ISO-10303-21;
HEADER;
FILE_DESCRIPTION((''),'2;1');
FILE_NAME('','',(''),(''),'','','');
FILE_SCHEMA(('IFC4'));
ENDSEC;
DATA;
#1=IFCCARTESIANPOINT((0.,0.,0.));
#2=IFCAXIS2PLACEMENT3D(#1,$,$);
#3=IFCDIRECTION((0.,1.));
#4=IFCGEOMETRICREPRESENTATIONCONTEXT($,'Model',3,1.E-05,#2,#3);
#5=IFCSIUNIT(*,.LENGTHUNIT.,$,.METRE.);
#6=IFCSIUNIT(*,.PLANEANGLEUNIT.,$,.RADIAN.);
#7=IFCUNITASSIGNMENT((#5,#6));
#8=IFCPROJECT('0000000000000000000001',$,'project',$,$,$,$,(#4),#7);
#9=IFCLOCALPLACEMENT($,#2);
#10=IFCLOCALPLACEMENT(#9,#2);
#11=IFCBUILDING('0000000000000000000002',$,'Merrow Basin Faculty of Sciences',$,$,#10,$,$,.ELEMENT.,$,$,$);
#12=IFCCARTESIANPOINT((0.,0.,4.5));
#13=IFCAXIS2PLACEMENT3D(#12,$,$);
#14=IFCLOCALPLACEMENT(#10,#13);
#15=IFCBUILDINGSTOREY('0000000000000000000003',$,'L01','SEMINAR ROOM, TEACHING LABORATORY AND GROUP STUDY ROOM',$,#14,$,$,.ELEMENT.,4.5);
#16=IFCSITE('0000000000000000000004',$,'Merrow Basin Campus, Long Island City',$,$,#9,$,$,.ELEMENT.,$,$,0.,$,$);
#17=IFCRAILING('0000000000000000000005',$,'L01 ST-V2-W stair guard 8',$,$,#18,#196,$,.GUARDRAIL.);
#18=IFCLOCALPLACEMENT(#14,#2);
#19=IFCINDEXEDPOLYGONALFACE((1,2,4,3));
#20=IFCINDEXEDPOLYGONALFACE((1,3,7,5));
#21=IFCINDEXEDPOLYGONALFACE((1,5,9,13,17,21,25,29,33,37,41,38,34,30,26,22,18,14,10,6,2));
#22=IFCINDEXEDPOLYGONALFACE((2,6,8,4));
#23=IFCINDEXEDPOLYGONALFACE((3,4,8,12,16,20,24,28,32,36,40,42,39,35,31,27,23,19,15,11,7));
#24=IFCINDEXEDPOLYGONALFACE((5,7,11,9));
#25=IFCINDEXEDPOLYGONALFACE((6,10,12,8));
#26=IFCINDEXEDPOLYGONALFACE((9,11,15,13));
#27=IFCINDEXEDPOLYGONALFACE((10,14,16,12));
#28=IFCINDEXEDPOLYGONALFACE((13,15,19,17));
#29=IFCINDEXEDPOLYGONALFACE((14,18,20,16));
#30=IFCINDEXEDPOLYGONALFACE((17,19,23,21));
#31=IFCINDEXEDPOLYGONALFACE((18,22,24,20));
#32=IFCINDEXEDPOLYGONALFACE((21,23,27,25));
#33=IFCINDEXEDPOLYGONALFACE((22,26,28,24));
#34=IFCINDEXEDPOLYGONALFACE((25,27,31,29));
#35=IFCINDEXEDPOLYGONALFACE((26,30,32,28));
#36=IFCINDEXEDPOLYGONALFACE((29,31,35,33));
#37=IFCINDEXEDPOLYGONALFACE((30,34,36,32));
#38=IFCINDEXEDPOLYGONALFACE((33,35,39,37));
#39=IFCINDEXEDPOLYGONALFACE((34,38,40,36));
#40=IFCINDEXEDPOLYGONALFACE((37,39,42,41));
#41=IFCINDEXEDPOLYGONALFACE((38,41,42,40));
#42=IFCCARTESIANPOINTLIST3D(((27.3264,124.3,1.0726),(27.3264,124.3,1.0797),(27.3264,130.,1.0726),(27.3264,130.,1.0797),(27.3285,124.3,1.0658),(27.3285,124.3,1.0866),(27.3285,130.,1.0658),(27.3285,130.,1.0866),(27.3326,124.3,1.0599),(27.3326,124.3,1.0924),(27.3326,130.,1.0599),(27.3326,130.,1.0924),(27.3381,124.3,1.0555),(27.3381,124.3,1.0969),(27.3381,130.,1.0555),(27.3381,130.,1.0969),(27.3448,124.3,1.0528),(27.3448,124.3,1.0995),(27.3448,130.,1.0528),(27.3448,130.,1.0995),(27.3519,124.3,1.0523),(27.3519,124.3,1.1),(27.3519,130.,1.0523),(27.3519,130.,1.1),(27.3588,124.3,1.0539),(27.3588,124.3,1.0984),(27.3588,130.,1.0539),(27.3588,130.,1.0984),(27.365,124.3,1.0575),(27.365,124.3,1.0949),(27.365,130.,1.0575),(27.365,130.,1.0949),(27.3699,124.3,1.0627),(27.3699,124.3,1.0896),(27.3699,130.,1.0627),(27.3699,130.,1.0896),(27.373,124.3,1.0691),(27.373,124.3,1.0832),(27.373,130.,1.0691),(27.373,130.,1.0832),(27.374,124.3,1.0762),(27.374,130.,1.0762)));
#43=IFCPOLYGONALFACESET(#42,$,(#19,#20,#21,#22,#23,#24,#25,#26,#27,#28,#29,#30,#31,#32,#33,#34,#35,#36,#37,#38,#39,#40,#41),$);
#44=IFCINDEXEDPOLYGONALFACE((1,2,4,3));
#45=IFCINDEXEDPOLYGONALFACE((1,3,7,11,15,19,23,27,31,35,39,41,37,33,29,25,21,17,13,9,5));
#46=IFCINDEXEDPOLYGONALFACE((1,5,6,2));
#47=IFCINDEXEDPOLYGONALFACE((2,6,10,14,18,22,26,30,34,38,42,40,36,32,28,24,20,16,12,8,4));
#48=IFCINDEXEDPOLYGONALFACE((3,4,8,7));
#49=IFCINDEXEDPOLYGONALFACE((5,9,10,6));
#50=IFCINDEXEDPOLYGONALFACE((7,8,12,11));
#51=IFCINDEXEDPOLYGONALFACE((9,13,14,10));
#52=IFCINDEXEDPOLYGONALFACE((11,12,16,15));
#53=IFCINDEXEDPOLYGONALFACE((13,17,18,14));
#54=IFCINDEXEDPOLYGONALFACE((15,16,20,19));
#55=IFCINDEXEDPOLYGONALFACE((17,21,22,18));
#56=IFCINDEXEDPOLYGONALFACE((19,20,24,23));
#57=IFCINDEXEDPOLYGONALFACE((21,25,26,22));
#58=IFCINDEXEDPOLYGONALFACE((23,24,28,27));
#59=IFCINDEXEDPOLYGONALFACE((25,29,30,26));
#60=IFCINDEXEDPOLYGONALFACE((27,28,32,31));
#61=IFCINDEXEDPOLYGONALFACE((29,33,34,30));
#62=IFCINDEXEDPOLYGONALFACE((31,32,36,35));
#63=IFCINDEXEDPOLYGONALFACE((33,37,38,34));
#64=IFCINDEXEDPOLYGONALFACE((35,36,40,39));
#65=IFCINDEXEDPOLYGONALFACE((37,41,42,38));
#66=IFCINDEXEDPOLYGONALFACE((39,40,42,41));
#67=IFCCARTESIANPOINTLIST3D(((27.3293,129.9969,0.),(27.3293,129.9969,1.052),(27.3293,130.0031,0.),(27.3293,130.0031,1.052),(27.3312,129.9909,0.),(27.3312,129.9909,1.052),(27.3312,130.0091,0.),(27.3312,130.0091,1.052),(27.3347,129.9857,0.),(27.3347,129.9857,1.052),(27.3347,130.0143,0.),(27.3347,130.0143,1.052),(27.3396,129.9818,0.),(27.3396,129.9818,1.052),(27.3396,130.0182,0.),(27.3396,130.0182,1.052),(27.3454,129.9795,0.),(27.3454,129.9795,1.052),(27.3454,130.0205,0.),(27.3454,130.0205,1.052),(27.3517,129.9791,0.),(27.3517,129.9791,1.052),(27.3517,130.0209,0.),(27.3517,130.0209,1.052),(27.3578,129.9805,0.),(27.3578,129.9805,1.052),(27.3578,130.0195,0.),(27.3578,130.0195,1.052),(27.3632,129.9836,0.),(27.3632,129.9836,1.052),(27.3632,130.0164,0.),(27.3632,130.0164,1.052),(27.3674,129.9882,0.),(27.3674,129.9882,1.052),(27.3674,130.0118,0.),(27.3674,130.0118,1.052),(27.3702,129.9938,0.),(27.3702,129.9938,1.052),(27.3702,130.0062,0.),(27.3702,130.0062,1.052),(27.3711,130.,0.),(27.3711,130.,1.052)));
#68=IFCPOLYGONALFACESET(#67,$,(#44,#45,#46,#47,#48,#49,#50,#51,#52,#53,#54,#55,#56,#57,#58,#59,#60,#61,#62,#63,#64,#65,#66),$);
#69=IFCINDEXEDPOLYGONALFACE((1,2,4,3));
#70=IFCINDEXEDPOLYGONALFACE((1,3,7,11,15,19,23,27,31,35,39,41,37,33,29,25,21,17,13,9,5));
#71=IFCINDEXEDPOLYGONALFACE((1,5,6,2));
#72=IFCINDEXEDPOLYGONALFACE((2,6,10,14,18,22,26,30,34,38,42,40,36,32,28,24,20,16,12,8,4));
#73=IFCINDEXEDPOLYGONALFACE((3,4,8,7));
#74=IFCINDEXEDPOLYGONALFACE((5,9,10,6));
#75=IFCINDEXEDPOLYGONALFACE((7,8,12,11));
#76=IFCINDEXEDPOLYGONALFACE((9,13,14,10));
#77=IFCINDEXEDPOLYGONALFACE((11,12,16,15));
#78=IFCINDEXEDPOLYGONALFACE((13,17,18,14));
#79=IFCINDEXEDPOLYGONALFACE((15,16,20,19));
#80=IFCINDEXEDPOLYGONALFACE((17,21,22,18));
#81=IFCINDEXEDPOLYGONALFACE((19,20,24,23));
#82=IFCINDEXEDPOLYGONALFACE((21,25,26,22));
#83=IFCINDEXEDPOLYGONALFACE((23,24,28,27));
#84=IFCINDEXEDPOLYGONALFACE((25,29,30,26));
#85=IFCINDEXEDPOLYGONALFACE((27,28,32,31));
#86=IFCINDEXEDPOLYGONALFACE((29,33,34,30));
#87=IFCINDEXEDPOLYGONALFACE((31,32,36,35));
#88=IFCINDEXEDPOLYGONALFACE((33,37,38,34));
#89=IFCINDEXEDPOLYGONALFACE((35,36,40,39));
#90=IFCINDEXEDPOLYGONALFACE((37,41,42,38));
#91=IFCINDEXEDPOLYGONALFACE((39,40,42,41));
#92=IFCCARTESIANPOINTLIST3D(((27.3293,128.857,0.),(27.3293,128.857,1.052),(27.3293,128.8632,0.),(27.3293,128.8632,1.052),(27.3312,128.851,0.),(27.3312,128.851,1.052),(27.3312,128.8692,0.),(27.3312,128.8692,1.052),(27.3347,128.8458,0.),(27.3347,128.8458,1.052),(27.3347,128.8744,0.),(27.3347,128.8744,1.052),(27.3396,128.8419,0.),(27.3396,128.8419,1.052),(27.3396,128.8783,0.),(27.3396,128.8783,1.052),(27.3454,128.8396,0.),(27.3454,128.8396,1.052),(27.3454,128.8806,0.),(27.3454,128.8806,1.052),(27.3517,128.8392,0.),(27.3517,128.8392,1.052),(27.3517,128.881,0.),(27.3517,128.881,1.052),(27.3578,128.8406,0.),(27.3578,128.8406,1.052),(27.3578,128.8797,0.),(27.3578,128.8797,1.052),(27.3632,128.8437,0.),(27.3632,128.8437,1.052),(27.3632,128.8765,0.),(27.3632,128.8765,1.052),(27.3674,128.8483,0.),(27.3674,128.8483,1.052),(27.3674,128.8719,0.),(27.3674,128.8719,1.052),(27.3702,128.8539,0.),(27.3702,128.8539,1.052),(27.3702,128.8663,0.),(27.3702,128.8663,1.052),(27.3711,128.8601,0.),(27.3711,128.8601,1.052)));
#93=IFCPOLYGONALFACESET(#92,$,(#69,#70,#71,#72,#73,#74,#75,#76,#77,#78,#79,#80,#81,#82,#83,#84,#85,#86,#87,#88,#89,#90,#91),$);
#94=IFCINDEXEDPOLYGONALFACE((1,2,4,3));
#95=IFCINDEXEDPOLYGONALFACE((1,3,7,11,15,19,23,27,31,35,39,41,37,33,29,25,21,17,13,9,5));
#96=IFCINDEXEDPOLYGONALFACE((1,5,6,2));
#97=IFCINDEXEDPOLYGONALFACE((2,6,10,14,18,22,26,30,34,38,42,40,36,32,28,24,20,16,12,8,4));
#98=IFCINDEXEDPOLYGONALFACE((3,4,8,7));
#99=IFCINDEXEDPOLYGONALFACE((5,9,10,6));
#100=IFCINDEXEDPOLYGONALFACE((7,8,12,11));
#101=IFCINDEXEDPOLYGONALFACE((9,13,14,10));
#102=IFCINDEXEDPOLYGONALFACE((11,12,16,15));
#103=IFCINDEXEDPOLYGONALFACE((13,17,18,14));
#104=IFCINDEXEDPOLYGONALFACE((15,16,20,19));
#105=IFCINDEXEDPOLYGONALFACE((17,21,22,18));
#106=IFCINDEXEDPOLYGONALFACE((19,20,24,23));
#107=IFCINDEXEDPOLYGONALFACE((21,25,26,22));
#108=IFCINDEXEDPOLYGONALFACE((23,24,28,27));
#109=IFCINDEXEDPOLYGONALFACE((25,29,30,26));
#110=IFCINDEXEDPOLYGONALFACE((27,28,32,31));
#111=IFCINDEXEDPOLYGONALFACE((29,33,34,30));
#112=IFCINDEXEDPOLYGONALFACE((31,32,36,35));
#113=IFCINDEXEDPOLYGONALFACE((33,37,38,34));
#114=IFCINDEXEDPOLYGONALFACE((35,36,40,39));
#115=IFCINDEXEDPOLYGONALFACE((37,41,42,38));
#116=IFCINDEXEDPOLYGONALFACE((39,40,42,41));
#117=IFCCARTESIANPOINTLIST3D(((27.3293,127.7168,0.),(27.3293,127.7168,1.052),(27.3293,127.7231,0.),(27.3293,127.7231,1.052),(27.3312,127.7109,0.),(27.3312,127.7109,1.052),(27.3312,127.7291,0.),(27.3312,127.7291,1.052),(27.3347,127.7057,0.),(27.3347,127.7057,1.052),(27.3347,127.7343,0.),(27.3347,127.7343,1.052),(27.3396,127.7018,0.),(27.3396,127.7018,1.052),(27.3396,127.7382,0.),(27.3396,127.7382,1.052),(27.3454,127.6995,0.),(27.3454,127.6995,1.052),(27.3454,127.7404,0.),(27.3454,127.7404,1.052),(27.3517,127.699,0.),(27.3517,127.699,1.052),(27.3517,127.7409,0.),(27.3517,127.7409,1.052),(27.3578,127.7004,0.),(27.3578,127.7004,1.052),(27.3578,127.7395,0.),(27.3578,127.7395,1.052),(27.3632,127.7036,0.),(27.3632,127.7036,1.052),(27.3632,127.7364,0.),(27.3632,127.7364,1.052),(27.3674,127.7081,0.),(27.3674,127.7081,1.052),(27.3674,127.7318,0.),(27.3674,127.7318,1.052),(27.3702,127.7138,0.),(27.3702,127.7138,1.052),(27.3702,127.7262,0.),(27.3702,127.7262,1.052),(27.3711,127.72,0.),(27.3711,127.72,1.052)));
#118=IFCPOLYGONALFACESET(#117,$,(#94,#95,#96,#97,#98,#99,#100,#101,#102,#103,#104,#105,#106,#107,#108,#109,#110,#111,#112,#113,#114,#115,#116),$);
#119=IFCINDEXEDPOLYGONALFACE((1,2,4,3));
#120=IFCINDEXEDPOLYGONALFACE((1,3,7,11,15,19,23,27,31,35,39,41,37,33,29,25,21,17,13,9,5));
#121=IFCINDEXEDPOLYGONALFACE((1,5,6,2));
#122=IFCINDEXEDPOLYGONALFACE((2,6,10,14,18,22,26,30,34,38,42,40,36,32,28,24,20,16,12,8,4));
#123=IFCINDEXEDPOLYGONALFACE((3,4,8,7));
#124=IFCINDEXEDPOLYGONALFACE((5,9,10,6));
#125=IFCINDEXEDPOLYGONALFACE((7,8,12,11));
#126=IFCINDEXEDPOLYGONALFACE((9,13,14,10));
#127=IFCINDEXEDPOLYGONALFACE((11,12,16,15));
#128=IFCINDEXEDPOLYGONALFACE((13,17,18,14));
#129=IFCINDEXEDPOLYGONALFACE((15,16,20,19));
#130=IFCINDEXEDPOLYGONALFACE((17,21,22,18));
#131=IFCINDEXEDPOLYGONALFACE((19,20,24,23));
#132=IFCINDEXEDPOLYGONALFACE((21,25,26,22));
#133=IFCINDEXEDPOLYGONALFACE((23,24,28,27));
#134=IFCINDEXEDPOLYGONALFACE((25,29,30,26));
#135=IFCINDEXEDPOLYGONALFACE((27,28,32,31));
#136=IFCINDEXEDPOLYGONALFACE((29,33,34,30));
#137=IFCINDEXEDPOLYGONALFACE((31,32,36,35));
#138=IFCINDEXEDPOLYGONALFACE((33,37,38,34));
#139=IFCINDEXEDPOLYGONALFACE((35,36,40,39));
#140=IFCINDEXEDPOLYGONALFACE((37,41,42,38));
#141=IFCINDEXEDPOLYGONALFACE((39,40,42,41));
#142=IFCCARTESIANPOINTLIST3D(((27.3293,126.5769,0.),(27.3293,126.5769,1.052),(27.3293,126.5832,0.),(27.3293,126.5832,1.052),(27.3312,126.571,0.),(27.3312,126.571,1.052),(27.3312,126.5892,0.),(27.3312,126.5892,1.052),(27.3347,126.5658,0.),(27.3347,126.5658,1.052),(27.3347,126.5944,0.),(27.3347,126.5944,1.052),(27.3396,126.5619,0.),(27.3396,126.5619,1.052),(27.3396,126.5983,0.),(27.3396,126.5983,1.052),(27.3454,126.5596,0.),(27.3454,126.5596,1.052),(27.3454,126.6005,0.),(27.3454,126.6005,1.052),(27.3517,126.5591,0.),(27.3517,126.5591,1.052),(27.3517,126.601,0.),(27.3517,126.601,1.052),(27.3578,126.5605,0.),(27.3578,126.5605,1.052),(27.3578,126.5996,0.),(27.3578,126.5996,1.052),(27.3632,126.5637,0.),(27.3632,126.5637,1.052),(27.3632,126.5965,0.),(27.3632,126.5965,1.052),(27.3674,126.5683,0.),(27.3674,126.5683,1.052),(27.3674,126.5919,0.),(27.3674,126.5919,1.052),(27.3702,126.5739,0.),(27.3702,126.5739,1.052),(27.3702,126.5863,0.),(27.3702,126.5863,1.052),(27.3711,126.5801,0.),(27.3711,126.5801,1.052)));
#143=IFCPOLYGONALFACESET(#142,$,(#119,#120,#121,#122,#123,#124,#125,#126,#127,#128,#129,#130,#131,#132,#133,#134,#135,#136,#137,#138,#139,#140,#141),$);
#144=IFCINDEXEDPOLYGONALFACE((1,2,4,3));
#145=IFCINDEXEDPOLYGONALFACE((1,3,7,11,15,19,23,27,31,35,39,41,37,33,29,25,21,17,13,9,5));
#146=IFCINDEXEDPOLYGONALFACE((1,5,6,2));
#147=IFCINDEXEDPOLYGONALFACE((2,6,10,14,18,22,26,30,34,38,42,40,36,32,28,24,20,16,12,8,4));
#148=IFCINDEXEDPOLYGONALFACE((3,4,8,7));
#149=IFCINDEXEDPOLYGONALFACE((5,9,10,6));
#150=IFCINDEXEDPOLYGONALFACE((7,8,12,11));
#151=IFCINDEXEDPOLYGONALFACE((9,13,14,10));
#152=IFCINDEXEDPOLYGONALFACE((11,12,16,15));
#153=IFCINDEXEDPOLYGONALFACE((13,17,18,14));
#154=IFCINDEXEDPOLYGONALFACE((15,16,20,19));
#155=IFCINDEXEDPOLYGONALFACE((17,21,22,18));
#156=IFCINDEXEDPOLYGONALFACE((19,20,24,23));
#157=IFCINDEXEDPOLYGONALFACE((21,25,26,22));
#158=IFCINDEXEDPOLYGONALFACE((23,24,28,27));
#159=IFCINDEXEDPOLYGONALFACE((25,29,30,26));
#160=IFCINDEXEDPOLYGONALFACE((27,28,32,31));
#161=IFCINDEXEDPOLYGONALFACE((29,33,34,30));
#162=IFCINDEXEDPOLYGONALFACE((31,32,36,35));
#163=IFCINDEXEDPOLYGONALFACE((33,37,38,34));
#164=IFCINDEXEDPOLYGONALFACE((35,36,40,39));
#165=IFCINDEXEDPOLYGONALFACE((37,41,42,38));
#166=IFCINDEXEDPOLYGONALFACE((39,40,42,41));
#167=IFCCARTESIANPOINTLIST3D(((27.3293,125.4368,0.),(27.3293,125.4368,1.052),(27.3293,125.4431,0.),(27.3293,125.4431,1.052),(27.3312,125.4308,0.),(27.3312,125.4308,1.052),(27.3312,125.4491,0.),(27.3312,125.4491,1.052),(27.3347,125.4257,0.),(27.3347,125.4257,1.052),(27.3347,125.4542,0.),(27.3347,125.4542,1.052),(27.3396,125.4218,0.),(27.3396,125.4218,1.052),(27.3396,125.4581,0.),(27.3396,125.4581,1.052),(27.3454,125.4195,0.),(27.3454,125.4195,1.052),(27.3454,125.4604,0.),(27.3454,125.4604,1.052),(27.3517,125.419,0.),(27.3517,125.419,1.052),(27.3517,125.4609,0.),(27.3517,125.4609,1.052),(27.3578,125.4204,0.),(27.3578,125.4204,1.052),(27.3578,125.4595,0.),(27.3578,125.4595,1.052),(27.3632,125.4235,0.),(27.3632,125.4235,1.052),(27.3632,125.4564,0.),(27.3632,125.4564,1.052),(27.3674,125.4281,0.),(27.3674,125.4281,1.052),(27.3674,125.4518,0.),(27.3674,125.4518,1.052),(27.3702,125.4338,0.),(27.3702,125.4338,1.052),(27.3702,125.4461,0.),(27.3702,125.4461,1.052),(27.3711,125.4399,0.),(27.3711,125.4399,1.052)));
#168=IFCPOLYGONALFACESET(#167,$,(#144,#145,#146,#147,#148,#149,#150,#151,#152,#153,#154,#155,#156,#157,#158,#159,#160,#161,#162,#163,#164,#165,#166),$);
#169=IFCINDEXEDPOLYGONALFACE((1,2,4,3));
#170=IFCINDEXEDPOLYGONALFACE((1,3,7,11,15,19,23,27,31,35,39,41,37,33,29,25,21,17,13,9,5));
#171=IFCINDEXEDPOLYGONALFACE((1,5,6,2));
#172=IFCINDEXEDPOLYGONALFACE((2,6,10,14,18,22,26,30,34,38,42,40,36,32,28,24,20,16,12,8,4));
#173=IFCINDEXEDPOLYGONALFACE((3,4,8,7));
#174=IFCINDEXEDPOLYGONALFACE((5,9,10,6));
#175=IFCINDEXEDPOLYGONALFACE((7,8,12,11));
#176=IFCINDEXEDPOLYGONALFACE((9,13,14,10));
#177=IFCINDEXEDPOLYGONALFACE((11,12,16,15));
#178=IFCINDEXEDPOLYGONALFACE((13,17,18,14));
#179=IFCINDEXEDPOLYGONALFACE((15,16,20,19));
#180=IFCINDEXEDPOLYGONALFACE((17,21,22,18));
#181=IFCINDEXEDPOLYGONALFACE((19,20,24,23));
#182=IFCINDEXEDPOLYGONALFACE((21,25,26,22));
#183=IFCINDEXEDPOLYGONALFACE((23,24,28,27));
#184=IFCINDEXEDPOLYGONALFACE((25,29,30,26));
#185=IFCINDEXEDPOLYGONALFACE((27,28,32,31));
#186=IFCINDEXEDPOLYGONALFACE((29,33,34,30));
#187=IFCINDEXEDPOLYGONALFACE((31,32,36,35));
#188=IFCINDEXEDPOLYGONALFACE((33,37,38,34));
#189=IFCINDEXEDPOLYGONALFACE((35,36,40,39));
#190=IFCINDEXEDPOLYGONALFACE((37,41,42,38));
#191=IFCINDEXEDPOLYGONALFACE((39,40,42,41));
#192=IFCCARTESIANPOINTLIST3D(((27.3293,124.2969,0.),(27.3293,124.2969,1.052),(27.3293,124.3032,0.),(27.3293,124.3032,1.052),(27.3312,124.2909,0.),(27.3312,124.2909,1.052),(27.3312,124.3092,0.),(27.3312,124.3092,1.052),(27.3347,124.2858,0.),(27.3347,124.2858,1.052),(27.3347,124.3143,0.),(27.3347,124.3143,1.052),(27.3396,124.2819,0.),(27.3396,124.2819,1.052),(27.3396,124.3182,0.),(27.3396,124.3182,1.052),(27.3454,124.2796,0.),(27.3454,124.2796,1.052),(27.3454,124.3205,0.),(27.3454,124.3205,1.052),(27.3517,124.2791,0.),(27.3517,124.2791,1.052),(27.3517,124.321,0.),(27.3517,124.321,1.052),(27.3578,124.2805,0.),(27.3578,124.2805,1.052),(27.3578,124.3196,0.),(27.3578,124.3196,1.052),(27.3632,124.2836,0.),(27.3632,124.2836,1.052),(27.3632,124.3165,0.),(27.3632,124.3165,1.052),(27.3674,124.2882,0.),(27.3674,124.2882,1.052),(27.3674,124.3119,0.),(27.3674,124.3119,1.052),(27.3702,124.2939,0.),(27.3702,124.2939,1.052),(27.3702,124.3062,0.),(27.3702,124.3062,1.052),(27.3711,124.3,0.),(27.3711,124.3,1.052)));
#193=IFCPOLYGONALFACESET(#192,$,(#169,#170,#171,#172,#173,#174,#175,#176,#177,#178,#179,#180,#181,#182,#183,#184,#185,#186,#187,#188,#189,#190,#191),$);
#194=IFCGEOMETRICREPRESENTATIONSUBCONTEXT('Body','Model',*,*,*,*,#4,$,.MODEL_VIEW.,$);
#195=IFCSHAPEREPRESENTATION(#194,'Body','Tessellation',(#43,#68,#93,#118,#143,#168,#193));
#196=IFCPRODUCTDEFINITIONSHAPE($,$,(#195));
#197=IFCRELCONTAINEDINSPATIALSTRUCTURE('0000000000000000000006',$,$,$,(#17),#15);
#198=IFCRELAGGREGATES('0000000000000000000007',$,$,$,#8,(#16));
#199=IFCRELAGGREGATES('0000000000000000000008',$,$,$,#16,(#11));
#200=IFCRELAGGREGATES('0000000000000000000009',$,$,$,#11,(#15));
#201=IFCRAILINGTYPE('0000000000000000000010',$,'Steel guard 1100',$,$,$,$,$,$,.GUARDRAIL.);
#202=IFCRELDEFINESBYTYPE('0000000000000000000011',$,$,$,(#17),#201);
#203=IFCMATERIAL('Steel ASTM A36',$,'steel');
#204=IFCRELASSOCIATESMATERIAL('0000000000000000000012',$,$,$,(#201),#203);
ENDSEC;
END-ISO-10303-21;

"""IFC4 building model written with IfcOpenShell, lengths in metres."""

from ifc_helpers import new_model, si_unit, direction, frame, origin, origin_2d, place, context, subcontext, project, spatial, circle, extrude, material, type_object, element, save


model = new_model("IFC4")

# Units and contexts
model_context = context("Model", 3, precision=1e-05, world=origin(), true_north=direction((0.0, 1.0)))
body_context = subcontext(model_context, "Body", "Model", "MODEL_VIEW")
ifc_project = project(units=[si_unit("LENGTHUNIT", "METRE"), si_unit("PLANEANGLEUNIT", "RADIAN")], contexts=[model_context])

# Site, building, storey
site_placement = place(None, origin())
site = spatial("IfcSite", under=ifc_project, at=site_placement, Name="Merrow Basin Campus, Long Island City", CompositionType="ELEMENT", RefElevation=0.0)
building_placement = place(site_placement, origin())
building = spatial("IfcBuilding", under=site, at=building_placement, Name="Merrow Basin Faculty of Sciences", CompositionType="ELEMENT")
storey_placement = place(building_placement, frame((0.0, 0.0, 4.5)))
storey = spatial("IfcBuildingStorey", under=building, at=storey_placement, Name="L01", Description="SEMINAR ROOM, TEACHING LABORATORY AND GROUP STUDY ROOM", CompositionType="ELEMENT", Elevation=4.5)

# Railing
ifc_material_1 = material(Name="Steel ASTM A36", Category="steel")
railing_type_1 = type_object("IfcRailingType", Name="Steel guard 1100", PredefinedType="GUARDRAIL", material=ifc_material_1)
railing_1_placement = place(storey_placement, frame((27.3501, 130.0, 0.0)))
element("IfcRailing", 1, at=railing_1_placement, inside=storey, type_object=railing_type_1, Name="L01 ST-V2-W stair guard 8", PredefinedType="GUARDRAIL", context=body_context, shape_type="SweptSolid", body=[
    extrude(circle(Radius=0.0239, at=origin_2d()), frame((0.0, 0.0, 1.0762), z_axis=(0.0, -1.0, 0.0), x_axis=(1.0, 0.0, 0.0)), (0.0, 0.0, 1.0), 5.7),
    extrude(circle(Radius=0.021, at=origin_2d()), origin(), (0.0, 0.0, 1.0), 1.052),
    extrude(circle(Radius=0.021, at=origin_2d()), frame((0.0, -1.1399, 0.0)), (0.0, 0.0, 1.0), 1.052),
    extrude(circle(Radius=0.021, at=origin_2d()), frame((0.0, -2.28, 0.0)), (0.0, 0.0, 1.0), 1.052),
    extrude(circle(Radius=0.021, at=origin_2d()), frame((0.0, -3.4199, 0.0)), (0.0, 0.0, 1.0), 1.052),
    extrude(circle(Radius=0.021, at=origin_2d()), frame((0.0, -4.5601, 0.0)), (0.0, 0.0, 1.0), 1.052),
    extrude(circle(Radius=0.021, at=origin_2d()), frame((0.0, -5.7, 0.0)), (0.0, 0.0, 1.0), 1.052),
])

save(model, "model.ifc")
